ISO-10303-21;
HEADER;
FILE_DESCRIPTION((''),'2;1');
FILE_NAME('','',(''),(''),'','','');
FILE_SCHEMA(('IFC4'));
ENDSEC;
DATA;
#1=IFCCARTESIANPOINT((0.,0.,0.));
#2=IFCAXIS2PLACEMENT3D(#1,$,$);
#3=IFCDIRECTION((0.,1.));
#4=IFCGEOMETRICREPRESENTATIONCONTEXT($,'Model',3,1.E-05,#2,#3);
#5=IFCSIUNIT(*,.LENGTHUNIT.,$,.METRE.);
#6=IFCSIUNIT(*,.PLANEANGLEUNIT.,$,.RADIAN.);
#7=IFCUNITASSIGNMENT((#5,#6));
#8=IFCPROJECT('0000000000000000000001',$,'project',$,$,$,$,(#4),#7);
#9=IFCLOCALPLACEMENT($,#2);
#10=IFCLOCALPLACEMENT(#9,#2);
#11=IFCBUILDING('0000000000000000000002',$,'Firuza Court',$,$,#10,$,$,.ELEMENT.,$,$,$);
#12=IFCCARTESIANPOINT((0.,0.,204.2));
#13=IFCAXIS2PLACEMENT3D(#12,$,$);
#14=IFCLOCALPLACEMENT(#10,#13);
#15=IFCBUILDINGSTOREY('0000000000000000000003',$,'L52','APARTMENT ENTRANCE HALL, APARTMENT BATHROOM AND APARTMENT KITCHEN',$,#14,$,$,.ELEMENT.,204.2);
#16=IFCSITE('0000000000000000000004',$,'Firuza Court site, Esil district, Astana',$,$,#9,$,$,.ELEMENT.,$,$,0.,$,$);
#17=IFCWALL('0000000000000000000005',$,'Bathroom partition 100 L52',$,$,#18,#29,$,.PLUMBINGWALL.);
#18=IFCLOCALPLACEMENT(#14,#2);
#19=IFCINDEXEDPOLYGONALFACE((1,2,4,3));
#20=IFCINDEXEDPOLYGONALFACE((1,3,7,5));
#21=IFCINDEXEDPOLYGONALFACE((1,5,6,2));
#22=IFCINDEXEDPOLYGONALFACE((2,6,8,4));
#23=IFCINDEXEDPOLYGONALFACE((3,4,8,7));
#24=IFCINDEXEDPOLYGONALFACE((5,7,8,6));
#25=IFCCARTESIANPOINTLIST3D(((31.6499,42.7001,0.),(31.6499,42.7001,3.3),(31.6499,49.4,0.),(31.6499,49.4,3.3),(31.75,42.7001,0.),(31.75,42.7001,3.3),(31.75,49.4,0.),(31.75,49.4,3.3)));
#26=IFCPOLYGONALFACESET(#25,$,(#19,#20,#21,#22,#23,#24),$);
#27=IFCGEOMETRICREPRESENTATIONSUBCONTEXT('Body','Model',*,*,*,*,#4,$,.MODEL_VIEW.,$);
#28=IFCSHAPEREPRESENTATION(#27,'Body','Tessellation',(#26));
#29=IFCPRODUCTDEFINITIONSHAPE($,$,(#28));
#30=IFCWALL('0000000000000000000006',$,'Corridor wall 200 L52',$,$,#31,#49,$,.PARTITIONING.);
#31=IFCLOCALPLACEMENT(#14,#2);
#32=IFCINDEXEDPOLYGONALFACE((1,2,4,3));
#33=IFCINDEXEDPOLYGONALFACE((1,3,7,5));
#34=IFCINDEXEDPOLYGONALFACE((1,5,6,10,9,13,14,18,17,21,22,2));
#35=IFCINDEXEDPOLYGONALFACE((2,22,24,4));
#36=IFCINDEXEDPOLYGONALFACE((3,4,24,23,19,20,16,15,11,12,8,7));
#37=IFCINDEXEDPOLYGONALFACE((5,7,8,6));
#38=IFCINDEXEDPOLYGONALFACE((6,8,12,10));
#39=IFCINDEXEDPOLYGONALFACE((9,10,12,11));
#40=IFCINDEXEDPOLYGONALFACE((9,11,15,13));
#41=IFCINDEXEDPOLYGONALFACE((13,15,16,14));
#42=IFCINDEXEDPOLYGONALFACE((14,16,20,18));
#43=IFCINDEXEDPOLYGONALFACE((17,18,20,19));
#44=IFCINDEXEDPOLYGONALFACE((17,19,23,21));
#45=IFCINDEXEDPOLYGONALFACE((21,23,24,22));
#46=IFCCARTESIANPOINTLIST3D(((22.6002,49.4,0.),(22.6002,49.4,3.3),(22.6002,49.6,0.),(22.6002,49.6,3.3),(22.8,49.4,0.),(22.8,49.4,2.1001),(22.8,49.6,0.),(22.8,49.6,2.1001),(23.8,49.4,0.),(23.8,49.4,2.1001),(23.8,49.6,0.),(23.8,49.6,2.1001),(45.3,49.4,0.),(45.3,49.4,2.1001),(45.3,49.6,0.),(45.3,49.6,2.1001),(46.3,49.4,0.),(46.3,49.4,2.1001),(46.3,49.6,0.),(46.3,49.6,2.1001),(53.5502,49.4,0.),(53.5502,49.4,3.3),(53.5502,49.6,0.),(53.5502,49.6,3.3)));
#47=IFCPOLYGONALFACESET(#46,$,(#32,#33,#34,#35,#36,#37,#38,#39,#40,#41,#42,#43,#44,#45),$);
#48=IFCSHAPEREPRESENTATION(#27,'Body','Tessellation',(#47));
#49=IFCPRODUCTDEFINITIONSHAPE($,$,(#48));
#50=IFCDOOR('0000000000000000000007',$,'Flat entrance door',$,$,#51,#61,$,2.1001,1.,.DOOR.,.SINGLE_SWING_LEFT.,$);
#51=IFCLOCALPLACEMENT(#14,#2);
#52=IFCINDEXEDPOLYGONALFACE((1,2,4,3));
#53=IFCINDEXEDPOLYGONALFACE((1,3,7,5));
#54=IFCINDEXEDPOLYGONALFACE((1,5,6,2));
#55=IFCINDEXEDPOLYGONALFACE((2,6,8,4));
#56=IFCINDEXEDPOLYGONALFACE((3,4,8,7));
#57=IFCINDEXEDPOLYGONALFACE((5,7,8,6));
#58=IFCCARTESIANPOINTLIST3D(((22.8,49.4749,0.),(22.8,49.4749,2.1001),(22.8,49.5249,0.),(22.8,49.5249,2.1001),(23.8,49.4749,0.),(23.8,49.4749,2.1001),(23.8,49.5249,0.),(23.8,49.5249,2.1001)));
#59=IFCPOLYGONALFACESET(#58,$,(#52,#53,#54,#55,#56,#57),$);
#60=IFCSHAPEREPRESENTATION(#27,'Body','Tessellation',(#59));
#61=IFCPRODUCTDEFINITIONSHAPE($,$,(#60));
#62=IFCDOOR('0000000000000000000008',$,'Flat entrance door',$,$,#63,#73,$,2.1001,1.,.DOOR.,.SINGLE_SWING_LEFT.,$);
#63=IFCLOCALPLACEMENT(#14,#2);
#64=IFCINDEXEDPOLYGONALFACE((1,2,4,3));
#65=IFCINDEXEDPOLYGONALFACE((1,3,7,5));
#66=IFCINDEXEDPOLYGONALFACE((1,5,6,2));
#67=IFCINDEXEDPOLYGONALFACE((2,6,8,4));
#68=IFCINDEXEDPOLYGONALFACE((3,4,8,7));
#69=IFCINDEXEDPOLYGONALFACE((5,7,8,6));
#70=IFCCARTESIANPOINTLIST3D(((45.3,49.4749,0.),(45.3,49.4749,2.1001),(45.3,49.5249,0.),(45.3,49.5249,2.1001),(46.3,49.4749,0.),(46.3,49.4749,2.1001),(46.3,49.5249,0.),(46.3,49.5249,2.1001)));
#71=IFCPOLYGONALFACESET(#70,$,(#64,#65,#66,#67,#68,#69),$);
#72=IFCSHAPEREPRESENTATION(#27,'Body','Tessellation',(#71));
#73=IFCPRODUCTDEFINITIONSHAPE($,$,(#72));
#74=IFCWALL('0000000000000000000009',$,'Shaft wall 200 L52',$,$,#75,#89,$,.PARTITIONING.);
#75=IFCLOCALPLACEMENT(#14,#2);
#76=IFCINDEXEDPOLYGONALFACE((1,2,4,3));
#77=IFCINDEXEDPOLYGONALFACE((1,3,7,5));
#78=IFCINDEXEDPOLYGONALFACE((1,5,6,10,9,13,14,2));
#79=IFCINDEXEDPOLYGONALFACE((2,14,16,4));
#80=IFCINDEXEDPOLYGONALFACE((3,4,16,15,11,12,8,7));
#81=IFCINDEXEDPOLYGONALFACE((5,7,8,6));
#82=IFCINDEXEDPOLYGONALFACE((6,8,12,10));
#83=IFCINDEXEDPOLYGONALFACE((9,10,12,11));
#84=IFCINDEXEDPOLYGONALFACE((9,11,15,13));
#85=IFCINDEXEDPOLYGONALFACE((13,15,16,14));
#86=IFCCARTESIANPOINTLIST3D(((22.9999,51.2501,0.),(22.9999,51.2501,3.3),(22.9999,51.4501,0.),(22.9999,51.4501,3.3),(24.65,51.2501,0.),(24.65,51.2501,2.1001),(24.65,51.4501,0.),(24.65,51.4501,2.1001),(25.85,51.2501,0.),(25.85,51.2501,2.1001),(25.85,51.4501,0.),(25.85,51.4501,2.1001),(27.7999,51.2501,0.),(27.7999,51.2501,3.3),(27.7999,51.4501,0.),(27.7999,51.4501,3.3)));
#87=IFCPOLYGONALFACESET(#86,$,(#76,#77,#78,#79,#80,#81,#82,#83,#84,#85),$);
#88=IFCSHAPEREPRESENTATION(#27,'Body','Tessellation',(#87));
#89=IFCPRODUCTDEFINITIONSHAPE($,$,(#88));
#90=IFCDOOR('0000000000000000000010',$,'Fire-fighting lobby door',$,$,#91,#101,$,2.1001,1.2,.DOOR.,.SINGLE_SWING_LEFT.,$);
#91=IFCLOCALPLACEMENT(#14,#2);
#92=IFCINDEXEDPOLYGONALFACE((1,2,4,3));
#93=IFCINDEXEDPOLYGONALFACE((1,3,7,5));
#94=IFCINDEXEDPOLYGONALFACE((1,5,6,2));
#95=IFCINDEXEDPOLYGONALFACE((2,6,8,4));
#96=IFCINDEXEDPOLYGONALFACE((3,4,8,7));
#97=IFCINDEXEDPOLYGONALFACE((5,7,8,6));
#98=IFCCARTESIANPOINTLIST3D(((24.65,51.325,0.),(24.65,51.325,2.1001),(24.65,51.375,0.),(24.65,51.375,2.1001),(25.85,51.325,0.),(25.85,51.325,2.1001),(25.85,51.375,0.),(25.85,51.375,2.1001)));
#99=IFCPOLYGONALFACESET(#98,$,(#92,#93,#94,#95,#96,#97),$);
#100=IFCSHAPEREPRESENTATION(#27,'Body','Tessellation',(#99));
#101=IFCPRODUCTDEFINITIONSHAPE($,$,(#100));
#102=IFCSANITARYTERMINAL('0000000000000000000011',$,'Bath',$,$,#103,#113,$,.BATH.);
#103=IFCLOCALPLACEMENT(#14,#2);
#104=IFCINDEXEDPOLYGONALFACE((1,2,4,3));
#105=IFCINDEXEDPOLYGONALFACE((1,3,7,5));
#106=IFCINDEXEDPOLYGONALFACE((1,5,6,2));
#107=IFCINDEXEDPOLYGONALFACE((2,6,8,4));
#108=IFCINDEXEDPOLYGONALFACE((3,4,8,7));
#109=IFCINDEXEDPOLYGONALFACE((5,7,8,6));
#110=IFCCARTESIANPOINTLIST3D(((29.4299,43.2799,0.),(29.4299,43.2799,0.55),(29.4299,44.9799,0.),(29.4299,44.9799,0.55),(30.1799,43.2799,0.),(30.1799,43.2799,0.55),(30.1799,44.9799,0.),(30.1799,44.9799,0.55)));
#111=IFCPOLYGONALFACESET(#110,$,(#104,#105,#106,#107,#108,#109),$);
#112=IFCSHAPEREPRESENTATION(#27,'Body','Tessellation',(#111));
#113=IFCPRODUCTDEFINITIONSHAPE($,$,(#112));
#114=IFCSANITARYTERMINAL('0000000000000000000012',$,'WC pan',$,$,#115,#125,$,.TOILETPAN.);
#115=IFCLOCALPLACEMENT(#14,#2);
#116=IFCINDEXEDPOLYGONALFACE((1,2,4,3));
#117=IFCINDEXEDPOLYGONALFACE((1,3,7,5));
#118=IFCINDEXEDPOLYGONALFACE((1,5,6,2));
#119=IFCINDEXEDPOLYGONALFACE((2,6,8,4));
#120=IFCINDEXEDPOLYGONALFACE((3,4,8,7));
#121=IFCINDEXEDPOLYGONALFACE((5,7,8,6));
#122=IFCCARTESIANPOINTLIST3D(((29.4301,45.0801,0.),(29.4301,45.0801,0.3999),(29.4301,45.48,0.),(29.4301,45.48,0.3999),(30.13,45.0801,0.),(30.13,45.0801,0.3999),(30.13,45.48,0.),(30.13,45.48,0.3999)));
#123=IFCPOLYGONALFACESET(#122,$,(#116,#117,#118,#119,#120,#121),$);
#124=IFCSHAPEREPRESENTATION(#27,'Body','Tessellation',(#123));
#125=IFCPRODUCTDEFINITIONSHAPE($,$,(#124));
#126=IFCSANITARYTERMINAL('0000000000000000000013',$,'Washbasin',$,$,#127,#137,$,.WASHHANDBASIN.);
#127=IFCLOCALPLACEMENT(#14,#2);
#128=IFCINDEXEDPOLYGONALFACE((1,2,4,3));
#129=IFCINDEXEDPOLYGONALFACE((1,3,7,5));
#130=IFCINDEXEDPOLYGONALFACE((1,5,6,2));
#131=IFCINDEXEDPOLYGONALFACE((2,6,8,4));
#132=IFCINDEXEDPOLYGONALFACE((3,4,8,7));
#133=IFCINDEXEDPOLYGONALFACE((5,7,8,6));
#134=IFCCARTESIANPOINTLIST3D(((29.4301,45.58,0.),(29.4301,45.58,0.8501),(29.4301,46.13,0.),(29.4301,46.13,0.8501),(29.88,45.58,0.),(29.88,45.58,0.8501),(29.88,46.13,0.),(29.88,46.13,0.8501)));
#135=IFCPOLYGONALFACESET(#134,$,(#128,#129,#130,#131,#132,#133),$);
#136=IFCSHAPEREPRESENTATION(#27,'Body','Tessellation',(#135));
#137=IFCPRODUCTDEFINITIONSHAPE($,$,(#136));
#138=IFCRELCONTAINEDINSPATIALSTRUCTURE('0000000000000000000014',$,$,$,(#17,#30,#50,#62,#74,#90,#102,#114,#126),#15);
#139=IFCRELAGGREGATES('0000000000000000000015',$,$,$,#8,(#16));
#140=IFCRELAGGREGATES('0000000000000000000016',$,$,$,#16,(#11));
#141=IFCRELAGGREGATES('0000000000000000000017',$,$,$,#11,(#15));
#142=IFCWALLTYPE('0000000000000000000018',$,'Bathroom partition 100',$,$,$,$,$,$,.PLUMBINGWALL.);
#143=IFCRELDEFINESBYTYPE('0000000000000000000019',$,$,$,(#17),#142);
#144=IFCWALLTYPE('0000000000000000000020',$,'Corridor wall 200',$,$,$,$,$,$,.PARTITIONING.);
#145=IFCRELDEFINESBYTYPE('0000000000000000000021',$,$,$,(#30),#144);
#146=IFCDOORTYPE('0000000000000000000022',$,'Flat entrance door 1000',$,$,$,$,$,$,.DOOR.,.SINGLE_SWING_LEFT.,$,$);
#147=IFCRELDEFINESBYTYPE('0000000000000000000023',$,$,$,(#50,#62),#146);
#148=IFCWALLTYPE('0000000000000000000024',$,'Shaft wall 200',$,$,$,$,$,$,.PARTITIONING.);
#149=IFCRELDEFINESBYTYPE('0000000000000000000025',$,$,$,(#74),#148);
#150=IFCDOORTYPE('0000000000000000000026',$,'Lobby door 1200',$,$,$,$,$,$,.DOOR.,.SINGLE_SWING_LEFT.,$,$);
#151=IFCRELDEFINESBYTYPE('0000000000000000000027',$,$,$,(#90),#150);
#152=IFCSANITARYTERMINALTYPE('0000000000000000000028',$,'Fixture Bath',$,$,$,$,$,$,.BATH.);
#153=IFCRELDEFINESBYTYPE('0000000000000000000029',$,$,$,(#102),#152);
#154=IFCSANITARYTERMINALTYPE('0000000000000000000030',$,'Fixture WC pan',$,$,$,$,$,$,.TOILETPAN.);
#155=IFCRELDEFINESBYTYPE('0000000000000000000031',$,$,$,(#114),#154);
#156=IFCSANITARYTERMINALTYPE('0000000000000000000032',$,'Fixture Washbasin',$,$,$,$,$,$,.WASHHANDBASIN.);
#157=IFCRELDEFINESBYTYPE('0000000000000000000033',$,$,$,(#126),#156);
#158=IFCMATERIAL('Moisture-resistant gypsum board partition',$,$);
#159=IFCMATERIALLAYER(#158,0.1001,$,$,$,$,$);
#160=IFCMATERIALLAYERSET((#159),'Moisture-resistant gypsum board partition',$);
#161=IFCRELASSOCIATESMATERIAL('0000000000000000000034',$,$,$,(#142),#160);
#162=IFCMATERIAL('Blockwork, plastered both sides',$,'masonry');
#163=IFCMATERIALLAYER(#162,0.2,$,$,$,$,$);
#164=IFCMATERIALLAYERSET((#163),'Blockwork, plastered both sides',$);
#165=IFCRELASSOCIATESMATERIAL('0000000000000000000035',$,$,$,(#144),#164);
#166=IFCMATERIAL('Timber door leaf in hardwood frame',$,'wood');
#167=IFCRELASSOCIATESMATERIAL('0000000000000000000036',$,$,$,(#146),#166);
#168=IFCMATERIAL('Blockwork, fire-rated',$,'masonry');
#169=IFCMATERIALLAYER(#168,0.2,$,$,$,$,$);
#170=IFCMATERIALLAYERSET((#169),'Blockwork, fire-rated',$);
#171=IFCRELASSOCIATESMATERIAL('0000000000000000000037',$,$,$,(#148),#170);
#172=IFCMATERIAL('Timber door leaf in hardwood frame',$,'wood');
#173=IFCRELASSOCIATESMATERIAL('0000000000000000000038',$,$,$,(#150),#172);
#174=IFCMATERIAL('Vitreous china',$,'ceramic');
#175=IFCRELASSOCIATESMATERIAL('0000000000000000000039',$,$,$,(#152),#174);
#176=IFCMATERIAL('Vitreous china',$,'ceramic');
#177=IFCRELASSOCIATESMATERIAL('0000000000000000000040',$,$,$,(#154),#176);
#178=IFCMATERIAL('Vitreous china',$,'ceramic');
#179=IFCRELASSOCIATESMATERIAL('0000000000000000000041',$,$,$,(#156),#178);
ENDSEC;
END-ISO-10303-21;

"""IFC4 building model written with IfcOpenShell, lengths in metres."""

from ifc_helpers import new_model, si_unit, direction, frame, frame_2d, origin, origin_2d, place, context, subcontext, project, spatial, rectangle, extrude, material, layer, layer_set, type_object, element, fill, save


model = new_model("IFC4")

# Units and contexts
model_context = context("Model", 3, precision=1e-05, world=origin(), true_north=direction((0.0, 1.0)))
body_context = subcontext(model_context, "Body", "Model", "MODEL_VIEW")
ifc_project = project(units=[si_unit("LENGTHUNIT", "METRE"), si_unit("PLANEANGLEUNIT", "RADIAN")], contexts=[model_context])

# Site, building, storey
site_placement = place(None, origin())
site = spatial("IfcSite", under=ifc_project, at=site_placement, Name="Firuza Court site, Esil district, Astana", CompositionType="ELEMENT", RefElevation=0.0)
building_placement = place(site_placement, origin())
building = spatial("IfcBuilding", under=site, at=building_placement, Name="Firuza Court", CompositionType="ELEMENT")
storey_placement = place(building_placement, frame((0.0, 0.0, 204.2)))
storey = spatial("IfcBuildingStorey", under=building, at=storey_placement, Name="L52", Description="APARTMENT ENTRANCE HALL, APARTMENT BATHROOM AND APARTMENT KITCHEN", CompositionType="ELEMENT", Elevation=204.2)

# Wall
ifc_material_1 = material(Name="Moisture-resistant gypsum board partition")
ifc_layer_1 = layer(ifc_material_1, 0.1001)
ifc_layer_set_1 = layer_set([ifc_layer_1], Name="Moisture-resistant gypsum board partition")
wall_type_1 = type_object("IfcWallType", Name="Bathroom partition 100", PredefinedType="PLUMBINGWALL", material=ifc_layer_set_1)
wall_1_placement = place(storey_placement, frame((31.7, 42.7, 0.0), z_axis=(0.0, 0.0, 1.0), x_axis=(0.0, 1.0, 0.0)))
element("IfcWall", 1, at=wall_1_placement, inside=storey, type_object=wall_type_1, Name="Bathroom partition 100 L52", PredefinedType="PLUMBINGWALL", context=body_context, shape_type="SweptSolid", body=[
    extrude(rectangle(XDim=6.7, YDim=0.1001, at=frame_2d((3.3501, 0.0))), origin(), (0.0, 0.0, 1.0), 3.3),
])

# Wall, openings, doors
ifc_material_2 = material(Name="Blockwork, plastered both sides", Category="masonry")
ifc_layer_2 = layer(ifc_material_2, 0.2)
ifc_layer_set_2 = layer_set([ifc_layer_2], Name="Blockwork, plastered both sides")
wall_type_2 = type_object("IfcWallType", Name="Corridor wall 200", PredefinedType="PARTITIONING", material=ifc_layer_set_2)
wall_2_placement = place(storey_placement, frame((22.6001, 49.5, 0.0), z_axis=(0.0, 0.0, 1.0), x_axis=(1.0, 0.0, 0.0)))
wall_2 = element("IfcWall", 2, at=wall_2_placement, inside=storey, type_object=wall_type_2, Name="Corridor wall 200 L52", PredefinedType="PARTITIONING", context=body_context, shape_type="SweptSolid", body=[
    extrude(rectangle(XDim=30.95, YDim=0.2, at=frame_2d((15.4751, 0.0))), origin(), (0.0, 0.0, 1.0), 3.3),
])
opening_1_placement = place(wall_2_placement, frame((0.2, 0.0, 0.0)))
opening_1 = element("IfcOpeningElement", 3, at=opening_1_placement, cuts=wall_2, PredefinedType="OPENING", context=body_context, shape_type="SweptSolid", body=[
    extrude(rectangle(XDim=1.0, YDim=2.1001, at=frame_2d((0.5, 1.05))), frame((0.0, 0.1118, 0.0), z_axis=(0.0, -1.0, 0.0), x_axis=(1.0, 0.0, 0.0)), (0.0, 0.0, 1.0), 0.2239),
])
opening_2_placement = place(wall_2_placement, frame((22.7, 0.0, 0.0)))
opening_2 = element("IfcOpeningElement", 4, at=opening_2_placement, cuts=wall_2, PredefinedType="OPENING", context=body_context, shape_type="SweptSolid", body=[
    extrude(rectangle(XDim=1.0, YDim=2.1001, at=frame_2d((0.5, 1.05))), frame((0.0, 0.1118, 0.0), z_axis=(0.0, -1.0, 0.0), x_axis=(1.0, 0.0, 0.0)), (0.0, 0.0, 1.0), 0.2239),
])
ifc_material_3 = material(Name="Timber door leaf in hardwood frame", Category="wood")
door_type_1 = type_object("IfcDoorType", Name="Flat entrance door 1000", OperationType="SINGLE_SWING_LEFT", PredefinedType="DOOR", material=ifc_material_3)
door_1_placement = place(opening_1_placement, origin())
door_1 = element("IfcDoor", 5, at=door_1_placement, inside=storey, type_object=door_type_1, Name="Flat entrance door", OperationType="SINGLE_SWING_LEFT", OverallHeight=2.1001, OverallWidth=1.0, PredefinedType="DOOR", context=body_context, shape_type="SweptSolid", body=[
    extrude(rectangle(XDim=1.0, YDim=2.1001, at=frame_2d((0.5, 1.05))), frame((0.0, 0.0249, 0.0), z_axis=(0.0, -1.0, 0.0), x_axis=(1.0, 0.0, 0.0)), (0.0, 0.0, 1.0), 0.05),
])
fill(opening_1, door_1)
door_2_placement = place(opening_2_placement, origin())
door_2 = element("IfcDoor", 6, at=door_2_placement, inside=storey, type_object=door_type_1, Name="Flat entrance door", OperationType="SINGLE_SWING_LEFT", OverallHeight=2.1001, OverallWidth=1.0, PredefinedType="DOOR", context=body_context, shape_type="SweptSolid", body=[
    extrude(rectangle(XDim=1.0, YDim=2.1001, at=frame_2d((0.5, 1.05))), frame((0.0, 0.0249, 0.0), z_axis=(0.0, -1.0, 0.0), x_axis=(1.0, 0.0, 0.0)), (0.0, 0.0, 1.0), 0.05),
])
fill(opening_2, door_2)

# Wall, opening, door
ifc_material_4 = material(Name="Blockwork, fire-rated", Category="masonry")
ifc_layer_3 = layer(ifc_material_4, 0.2)
ifc_layer_set_3 = layer_set([ifc_layer_3], Name="Blockwork, fire-rated")
wall_type_3 = type_object("IfcWallType", Name="Shaft wall 200", PredefinedType="PARTITIONING", material=ifc_layer_set_3)
wall_3_placement = place(storey_placement, frame((23.0, 51.3501, 0.0), z_axis=(0.0, 0.0, 1.0), x_axis=(1.0, 0.0, 0.0)))
wall_3 = element("IfcWall", 7, at=wall_3_placement, inside=storey, type_object=wall_type_3, Name="Shaft wall 200 L52", PredefinedType="PARTITIONING", context=body_context, shape_type="SweptSolid", body=[
    extrude(rectangle(XDim=4.8, YDim=0.2, at=frame_2d((2.3999, 0.0))), origin(), (0.0, 0.0, 1.0), 3.3),
])
opening_3_placement = place(wall_3_placement, frame((1.6499, 0.0, 0.0)))
opening_3 = element("IfcOpeningElement", 8, at=opening_3_placement, cuts=wall_3, PredefinedType="OPENING", context=body_context, shape_type="SweptSolid", body=[
    extrude(rectangle(XDim=1.2, YDim=2.1001, at=frame_2d((0.6001, 1.05))), frame((0.0, 0.1118, 0.0), z_axis=(0.0, -1.0, 0.0), x_axis=(1.0, 0.0, 0.0)), (0.0, 0.0, 1.0), 0.2239),
])
ifc_material_5 = material(Name="Timber door leaf in hardwood frame", Category="wood")
door_type_2 = type_object("IfcDoorType", Name="Lobby door 1200", OperationType="SINGLE_SWING_LEFT", PredefinedType="DOOR", material=ifc_material_5)
door_3_placement = place(opening_3_placement, origin())
door_3 = element("IfcDoor", 9, at=door_3_placement, inside=storey, type_object=door_type_2, Name="Fire-fighting lobby door", OperationType="SINGLE_SWING_LEFT", OverallHeight=2.1001, OverallWidth=1.2, PredefinedType="DOOR", context=body_context, shape_type="SweptSolid", body=[
    extrude(rectangle(XDim=1.2, YDim=2.1001, at=frame_2d((0.6001, 1.05))), frame((0.0, 0.0249, 0.0), z_axis=(0.0, -1.0, 0.0), x_axis=(1.0, 0.0, 0.0)), (0.0, 0.0, 1.0), 0.05),
])
fill(opening_3, door_3)

# Sanitary terminals
ifc_material_6 = material(Name="Vitreous china", Category="ceramic")
sanitary_terminal_type_1 = type_object("IfcSanitaryTerminalType", Name="Fixture Bath", PredefinedType="BATH", material=ifc_material_6)
sanitary_terminal_1_placement = place(storey_placement, frame((29.8049, 44.1299, 0.0), z_axis=(0.0, 0.0, 1.0), x_axis=(1.0, 0.0, 0.0)))
element("IfcSanitaryTerminal", 10, at=sanitary_terminal_1_placement, inside=storey, type_object=sanitary_terminal_type_1, Name="Bath", PredefinedType="BATH", context=body_context, shape_type="SweptSolid", body=[
    extrude(rectangle(XDim=0.75, YDim=1.7, at=origin_2d()), origin(), (0.0, 0.0, 1.0), 0.55),
])
ifc_material_7 = material(Name="Vitreous china", Category="ceramic")
sanitary_terminal_type_2 = type_object("IfcSanitaryTerminalType", Name="Fixture WC pan", PredefinedType="TOILETPAN", material=ifc_material_7)
sanitary_terminal_2_placement = place(storey_placement, frame((29.78, 45.28, 0.0), z_axis=(0.0, 0.0, 1.0), x_axis=(1.0, 0.0, 0.0)))
element("IfcSanitaryTerminal", 11, at=sanitary_terminal_2_placement, inside=storey, type_object=sanitary_terminal_type_2, Name="WC pan", PredefinedType="TOILETPAN", context=body_context, shape_type="SweptSolid", body=[
    extrude(rectangle(XDim=0.7, YDim=0.3999, at=origin_2d()), origin(), (0.0, 0.0, 1.0), 0.3999),
])
ifc_material_8 = material(Name="Vitreous china", Category="ceramic")
sanitary_terminal_type_3 = type_object("IfcSanitaryTerminalType", Name="Fixture Washbasin", PredefinedType="WASHHANDBASIN", material=ifc_material_8)
sanitary_terminal_3_placement = place(storey_placement, frame((29.655, 45.855, 0.0), z_axis=(0.0, 0.0, 1.0), x_axis=(1.0, 0.0, 0.0)))
element("IfcSanitaryTerminal", 12, at=sanitary_terminal_3_placement, inside=storey, type_object=sanitary_terminal_type_3, Name="Washbasin", PredefinedType="WASHHANDBASIN", context=body_context, shape_type="SweptSolid", body=[
    extrude(rectangle(XDim=0.45, YDim=0.55, at=origin_2d()), origin(), (0.0, 0.0, 1.0), 0.8501),
])

save(model, "model.ifc")
